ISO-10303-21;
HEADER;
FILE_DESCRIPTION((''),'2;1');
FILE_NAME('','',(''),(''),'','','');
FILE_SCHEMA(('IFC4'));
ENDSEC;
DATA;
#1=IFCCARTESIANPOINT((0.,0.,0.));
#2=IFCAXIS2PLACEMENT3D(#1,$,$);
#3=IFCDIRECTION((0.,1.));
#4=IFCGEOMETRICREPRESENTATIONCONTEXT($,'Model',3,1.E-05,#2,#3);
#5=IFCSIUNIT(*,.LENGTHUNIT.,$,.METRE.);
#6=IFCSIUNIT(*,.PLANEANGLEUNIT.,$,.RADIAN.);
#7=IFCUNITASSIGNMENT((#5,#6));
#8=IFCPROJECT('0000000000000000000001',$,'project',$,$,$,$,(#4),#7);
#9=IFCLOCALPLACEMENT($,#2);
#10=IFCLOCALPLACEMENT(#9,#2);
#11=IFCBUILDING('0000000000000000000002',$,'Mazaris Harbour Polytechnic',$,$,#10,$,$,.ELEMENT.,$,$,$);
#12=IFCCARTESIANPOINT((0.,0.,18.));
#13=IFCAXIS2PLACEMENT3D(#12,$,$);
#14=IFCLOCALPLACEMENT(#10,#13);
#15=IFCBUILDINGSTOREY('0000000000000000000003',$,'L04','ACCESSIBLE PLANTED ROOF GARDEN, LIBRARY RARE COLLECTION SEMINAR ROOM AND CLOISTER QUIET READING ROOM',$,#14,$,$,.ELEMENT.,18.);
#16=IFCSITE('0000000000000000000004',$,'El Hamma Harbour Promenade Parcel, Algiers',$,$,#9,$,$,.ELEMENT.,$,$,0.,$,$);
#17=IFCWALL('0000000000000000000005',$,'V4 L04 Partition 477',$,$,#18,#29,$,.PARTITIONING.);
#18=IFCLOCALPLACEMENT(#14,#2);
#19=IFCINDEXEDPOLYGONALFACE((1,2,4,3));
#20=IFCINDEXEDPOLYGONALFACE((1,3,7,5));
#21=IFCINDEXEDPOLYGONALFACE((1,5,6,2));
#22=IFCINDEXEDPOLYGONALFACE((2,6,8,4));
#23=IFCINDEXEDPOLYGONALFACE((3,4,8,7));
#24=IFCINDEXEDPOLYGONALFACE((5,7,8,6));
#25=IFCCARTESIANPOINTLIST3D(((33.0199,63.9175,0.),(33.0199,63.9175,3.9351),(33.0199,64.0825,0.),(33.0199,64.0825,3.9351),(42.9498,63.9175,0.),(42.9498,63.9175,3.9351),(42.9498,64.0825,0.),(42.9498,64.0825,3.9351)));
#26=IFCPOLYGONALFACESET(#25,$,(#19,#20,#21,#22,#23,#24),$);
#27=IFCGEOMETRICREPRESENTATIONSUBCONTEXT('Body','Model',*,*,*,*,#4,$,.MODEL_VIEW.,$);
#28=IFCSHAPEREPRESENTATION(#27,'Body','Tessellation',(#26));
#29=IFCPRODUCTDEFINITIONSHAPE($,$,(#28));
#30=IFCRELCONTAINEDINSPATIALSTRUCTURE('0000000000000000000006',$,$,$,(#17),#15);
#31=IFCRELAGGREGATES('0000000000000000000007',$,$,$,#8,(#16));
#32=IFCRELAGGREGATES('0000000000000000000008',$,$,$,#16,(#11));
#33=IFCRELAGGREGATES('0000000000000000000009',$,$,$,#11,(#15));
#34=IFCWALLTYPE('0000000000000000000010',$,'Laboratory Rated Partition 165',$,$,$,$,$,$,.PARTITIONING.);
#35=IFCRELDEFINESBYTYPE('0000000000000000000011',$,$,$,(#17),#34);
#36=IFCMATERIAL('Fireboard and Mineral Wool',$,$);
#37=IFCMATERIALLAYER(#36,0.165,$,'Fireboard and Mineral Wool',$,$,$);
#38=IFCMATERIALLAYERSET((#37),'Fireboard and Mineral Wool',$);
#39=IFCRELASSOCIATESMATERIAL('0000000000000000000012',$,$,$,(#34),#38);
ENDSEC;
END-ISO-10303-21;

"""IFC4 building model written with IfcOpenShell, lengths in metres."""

from ifc_helpers import new_model, si_unit, direction, frame, frame_2d, origin, place, context, subcontext, project, spatial, rectangle, extrude, material, layer, layer_set, type_object, element, save


model = new_model("IFC4")

# Units and contexts
model_context = context("Model", 3, precision=1e-05, world=origin(), true_north=direction((0.0, 1.0)))
body_context = subcontext(model_context, "Body", "Model", "MODEL_VIEW")
ifc_project = project(units=[si_unit("LENGTHUNIT", "METRE"), si_unit("PLANEANGLEUNIT", "RADIAN")], contexts=[model_context])

# Site, building, storey
site_placement = place(None, origin())
site = spatial("IfcSite", under=ifc_project, at=site_placement, Name="El Hamma Harbour Promenade Parcel, Algiers", CompositionType="ELEMENT", RefElevation=0.0)
building_placement = place(site_placement, origin())
building = spatial("IfcBuilding", under=site, at=building_placement, Name="Mazaris Harbour Polytechnic", CompositionType="ELEMENT")
storey_placement = place(building_placement, frame((0.0, 0.0, 18.0)))
storey = spatial("IfcBuildingStorey", under=building, at=storey_placement, Name="L04", Description="ACCESSIBLE PLANTED ROOF GARDEN, LIBRARY RARE COLLECTION SEMINAR ROOM AND CLOISTER QUIET READING ROOM", CompositionType="ELEMENT", Elevation=18.0)

# Wall
ifc_material_1 = material(Name="Fireboard and Mineral Wool")
ifc_layer_1 = layer(ifc_material_1, 0.165, Name="Fireboard and Mineral Wool")
ifc_layer_set_1 = layer_set([ifc_layer_1], Name="Fireboard and Mineral Wool")
wall_type_1 = type_object("IfcWallType", Name="Laboratory Rated Partition 165", PredefinedType="PARTITIONING", material=ifc_layer_set_1)
wall_1_placement = place(storey_placement, frame((33.02, 64.0, 0.0), z_axis=(0.0, 0.0, 1.0), x_axis=(1.0, 0.0, 0.0)))
element("IfcWall", 1, at=wall_1_placement, inside=storey, type_object=wall_type_1, Name="V4 L04 Partition 477", PredefinedType="PARTITIONING", context=body_context, shape_type="SweptSolid", body=[
    extrude(rectangle(XDim=9.9299, YDim=0.165, at=frame_2d((4.9648, 0.0))), origin(), (0.0, 0.0, 1.0), 3.9351),
])

save(model, "model.ifc")
